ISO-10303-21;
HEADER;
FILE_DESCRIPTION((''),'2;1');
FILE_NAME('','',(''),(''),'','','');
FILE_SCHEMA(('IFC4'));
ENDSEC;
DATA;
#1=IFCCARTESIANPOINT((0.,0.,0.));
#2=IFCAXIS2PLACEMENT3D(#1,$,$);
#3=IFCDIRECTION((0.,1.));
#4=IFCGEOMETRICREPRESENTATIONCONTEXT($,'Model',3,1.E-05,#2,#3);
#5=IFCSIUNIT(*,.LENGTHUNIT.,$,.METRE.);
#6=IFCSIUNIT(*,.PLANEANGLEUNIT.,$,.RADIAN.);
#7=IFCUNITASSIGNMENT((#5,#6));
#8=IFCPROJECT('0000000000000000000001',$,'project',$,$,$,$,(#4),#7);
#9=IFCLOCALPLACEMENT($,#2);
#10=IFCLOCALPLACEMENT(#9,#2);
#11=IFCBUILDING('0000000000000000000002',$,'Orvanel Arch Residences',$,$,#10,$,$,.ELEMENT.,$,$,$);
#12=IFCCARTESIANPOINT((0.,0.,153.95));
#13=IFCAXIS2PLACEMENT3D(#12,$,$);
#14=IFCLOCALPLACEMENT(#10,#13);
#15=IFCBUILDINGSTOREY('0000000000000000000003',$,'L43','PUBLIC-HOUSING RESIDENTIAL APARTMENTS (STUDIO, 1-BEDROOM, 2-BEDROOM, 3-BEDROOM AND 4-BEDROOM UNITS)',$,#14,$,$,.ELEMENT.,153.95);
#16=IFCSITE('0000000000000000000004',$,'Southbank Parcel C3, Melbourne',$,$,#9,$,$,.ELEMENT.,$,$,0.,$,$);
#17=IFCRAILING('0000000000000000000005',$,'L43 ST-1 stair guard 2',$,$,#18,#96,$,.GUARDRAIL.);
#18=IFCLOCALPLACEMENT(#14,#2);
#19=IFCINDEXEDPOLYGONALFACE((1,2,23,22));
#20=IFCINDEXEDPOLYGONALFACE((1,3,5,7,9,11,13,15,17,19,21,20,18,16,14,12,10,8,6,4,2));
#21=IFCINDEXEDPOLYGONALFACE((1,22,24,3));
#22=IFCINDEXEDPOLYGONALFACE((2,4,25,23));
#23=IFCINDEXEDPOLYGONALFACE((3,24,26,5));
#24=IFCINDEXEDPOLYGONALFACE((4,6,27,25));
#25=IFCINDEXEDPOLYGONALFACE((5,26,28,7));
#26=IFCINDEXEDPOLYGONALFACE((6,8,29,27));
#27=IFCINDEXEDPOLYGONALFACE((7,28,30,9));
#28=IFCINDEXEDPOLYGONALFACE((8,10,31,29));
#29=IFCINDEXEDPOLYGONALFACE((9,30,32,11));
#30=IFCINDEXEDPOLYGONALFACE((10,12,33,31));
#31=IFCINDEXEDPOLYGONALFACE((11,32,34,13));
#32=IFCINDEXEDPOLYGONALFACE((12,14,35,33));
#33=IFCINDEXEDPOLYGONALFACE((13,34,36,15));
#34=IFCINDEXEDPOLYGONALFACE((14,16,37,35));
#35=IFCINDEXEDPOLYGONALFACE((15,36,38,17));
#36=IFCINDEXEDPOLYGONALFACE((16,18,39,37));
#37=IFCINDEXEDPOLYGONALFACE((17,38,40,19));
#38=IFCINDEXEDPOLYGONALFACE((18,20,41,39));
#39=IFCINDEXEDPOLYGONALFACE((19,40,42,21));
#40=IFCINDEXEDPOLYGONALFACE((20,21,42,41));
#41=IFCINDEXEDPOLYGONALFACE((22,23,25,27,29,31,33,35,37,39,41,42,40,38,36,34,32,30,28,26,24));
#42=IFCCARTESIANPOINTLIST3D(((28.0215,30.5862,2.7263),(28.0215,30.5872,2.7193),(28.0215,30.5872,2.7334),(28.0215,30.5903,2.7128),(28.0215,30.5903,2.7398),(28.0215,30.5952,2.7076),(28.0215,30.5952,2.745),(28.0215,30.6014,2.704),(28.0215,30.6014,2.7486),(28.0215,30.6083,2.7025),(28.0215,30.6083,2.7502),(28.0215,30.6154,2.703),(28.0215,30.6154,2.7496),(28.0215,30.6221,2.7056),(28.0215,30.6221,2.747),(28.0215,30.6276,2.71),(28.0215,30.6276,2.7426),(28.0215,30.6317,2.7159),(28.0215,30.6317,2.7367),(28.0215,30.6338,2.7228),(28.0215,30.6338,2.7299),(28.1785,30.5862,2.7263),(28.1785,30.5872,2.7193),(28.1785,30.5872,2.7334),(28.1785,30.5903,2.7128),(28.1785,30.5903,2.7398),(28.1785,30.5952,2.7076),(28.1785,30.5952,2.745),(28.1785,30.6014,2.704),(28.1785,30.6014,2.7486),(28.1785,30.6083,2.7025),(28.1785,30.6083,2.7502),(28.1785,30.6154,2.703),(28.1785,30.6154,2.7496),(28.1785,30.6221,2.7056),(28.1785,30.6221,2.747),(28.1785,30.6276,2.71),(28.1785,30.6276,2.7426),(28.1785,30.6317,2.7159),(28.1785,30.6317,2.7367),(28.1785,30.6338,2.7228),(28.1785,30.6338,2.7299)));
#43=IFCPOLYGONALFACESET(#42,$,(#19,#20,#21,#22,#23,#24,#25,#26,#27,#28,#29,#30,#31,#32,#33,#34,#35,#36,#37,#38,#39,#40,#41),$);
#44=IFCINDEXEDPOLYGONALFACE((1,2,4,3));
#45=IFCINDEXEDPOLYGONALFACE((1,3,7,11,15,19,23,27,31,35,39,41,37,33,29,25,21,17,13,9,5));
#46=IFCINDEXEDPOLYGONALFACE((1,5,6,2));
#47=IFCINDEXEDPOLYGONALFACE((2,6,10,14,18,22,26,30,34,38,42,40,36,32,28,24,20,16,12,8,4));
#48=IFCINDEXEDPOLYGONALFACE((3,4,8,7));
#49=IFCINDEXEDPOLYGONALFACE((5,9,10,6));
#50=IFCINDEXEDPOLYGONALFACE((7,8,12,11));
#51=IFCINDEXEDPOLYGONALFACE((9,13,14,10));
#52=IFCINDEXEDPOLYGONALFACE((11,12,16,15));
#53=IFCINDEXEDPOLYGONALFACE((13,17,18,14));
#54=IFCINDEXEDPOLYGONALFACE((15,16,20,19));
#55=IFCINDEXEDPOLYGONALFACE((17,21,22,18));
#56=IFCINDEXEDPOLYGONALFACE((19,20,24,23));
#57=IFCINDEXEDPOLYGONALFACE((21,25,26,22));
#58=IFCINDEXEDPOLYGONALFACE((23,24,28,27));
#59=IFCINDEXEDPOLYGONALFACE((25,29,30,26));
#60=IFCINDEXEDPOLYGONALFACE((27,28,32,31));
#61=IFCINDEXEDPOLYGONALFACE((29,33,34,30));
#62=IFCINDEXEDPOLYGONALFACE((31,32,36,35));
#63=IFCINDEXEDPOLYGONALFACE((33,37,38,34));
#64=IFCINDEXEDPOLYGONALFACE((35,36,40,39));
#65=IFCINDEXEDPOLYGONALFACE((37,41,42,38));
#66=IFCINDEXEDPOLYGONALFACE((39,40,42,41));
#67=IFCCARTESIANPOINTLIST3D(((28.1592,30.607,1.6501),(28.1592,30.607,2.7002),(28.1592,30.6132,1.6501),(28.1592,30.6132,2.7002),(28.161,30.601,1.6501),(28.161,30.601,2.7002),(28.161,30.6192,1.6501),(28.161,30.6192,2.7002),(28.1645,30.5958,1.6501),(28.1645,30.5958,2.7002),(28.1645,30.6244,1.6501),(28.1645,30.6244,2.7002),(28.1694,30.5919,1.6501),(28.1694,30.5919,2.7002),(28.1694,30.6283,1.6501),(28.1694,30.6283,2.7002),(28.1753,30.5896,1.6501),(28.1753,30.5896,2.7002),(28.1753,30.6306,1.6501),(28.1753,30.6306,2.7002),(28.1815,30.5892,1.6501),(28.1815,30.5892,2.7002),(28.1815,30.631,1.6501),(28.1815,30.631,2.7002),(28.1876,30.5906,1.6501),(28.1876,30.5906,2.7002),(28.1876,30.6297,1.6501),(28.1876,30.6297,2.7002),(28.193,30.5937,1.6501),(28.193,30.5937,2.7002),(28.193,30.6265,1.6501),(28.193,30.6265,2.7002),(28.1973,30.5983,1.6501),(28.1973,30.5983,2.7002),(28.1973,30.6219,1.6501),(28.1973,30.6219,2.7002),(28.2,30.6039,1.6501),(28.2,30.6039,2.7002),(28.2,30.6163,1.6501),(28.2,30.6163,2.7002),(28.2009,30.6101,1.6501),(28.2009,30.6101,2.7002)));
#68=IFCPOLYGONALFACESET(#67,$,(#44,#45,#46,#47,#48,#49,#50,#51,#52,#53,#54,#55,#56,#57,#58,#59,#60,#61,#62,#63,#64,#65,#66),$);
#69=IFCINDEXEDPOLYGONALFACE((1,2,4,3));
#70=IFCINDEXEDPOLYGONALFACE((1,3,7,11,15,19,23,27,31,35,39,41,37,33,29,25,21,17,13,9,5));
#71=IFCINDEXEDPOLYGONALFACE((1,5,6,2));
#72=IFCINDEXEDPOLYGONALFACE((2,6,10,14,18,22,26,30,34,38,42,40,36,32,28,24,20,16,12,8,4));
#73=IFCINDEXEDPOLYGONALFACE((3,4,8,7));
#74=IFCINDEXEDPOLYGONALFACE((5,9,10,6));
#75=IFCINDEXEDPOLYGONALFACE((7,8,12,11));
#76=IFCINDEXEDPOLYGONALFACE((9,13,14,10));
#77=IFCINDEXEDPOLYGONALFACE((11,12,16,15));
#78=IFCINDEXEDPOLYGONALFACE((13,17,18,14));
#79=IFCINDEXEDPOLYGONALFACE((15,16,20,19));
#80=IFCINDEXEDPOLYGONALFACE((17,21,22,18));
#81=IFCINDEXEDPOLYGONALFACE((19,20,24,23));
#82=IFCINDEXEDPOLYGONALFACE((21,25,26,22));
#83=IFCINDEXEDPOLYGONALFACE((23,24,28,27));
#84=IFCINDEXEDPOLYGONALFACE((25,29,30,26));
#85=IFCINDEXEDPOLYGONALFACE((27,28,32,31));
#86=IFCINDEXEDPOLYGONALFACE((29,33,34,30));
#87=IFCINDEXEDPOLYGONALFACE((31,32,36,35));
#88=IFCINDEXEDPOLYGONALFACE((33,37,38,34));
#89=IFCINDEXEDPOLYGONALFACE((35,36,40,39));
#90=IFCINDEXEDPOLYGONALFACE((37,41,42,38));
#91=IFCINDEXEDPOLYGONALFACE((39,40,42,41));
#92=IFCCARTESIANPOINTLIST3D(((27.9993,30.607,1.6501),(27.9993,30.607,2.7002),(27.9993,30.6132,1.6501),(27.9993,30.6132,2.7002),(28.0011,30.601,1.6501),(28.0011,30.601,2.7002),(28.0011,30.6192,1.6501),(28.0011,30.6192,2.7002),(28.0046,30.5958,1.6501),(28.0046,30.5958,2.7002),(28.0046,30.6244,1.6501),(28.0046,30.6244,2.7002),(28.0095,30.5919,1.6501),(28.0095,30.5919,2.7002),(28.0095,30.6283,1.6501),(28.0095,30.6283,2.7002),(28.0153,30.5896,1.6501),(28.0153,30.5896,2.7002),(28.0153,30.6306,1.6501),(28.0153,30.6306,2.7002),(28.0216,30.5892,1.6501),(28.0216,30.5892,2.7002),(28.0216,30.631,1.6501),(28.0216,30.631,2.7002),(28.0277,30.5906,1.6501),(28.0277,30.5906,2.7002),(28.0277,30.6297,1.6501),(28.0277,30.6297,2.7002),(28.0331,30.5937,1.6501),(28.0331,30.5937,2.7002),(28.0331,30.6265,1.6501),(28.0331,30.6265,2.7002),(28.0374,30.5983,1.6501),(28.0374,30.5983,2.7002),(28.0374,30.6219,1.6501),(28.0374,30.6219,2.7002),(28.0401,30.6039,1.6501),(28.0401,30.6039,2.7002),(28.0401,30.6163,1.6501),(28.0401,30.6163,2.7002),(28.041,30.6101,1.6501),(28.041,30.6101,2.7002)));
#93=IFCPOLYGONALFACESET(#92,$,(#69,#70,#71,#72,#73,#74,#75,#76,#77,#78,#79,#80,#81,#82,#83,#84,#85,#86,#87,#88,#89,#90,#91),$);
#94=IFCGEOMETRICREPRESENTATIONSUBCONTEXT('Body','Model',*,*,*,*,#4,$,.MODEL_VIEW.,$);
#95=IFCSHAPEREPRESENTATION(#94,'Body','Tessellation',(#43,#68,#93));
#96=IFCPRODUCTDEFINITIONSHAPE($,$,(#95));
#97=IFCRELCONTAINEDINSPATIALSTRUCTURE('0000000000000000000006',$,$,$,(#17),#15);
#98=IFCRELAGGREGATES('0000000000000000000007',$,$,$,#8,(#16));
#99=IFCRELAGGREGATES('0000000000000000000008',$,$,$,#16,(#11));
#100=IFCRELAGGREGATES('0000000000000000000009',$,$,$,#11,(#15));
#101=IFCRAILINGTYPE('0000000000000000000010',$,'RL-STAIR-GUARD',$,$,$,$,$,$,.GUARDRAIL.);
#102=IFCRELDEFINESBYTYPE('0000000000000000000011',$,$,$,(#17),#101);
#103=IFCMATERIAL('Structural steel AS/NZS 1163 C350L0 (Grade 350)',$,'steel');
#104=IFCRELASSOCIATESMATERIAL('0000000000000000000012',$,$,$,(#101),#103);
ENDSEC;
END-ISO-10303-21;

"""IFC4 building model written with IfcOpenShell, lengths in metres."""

from ifc_helpers import new_model, si_unit, direction, frame, origin, origin_2d, place, context, subcontext, project, spatial, circle, extrude, material, type_object, element, save


model = new_model("IFC4")

# Units and contexts
model_context = context("Model", 3, precision=1e-05, world=origin(), true_north=direction((0.0, 1.0)))
body_context = subcontext(model_context, "Body", "Model", "MODEL_VIEW")
ifc_project = project(units=[si_unit("LENGTHUNIT", "METRE"), si_unit("PLANEANGLEUNIT", "RADIAN")], contexts=[model_context])

# Site, building, storey
site_placement = place(None, origin())
site = spatial("IfcSite", under=ifc_project, at=site_placement, Name="Southbank Parcel C3, Melbourne", CompositionType="ELEMENT", RefElevation=0.0)
building_placement = place(site_placement, origin())
building = spatial("IfcBuilding", under=site, at=building_placement, Name="Orvanel Arch Residences", CompositionType="ELEMENT")
storey_placement = place(building_placement, frame((0.0, 0.0, 153.95)))
storey = spatial("IfcBuildingStorey", under=building, at=storey_placement, Name="L43", Description="PUBLIC-HOUSING RESIDENTIAL APARTMENTS (STUDIO, 1-BEDROOM, 2-BEDROOM, 3-BEDROOM AND 4-BEDROOM UNITS)", CompositionType="ELEMENT", Elevation=153.95)

# Railing
ifc_material_1 = material(Name="Structural steel AS/NZS 1163 C350L0 (Grade 350)", Category="steel")
railing_type_1 = type_object("IfcRailingType", Name="RL-STAIR-GUARD", PredefinedType="GUARDRAIL", material=ifc_material_1)
railing_1_placement = place(storey_placement, frame((28.1799, 30.6101, 1.6501)))
element("IfcRailing", 1, at=railing_1_placement, inside=storey, type_object=railing_type_1, Name="L43 ST-1 stair guard 2", PredefinedType="GUARDRAIL", context=body_context, shape_type="SweptSolid", body=[
    extrude(circle(Radius=0.0239, at=origin_2d()), frame((-0.0015, 0.0, 1.0762), z_axis=(-1.0, 0.0, 0.0), x_axis=(0.0, -1.0, 0.0)), (0.0, 0.0, 1.0), 0.157),
    extrude(circle(Radius=0.021, at=origin_2d()), origin(), (0.0, 0.0, 1.0), 1.05),
    extrude(circle(Radius=0.021, at=origin_2d()), frame((-0.1599, 0.0, 0.0)), (0.0, 0.0, 1.0), 1.05),
])

save(model, "model.ifc")
